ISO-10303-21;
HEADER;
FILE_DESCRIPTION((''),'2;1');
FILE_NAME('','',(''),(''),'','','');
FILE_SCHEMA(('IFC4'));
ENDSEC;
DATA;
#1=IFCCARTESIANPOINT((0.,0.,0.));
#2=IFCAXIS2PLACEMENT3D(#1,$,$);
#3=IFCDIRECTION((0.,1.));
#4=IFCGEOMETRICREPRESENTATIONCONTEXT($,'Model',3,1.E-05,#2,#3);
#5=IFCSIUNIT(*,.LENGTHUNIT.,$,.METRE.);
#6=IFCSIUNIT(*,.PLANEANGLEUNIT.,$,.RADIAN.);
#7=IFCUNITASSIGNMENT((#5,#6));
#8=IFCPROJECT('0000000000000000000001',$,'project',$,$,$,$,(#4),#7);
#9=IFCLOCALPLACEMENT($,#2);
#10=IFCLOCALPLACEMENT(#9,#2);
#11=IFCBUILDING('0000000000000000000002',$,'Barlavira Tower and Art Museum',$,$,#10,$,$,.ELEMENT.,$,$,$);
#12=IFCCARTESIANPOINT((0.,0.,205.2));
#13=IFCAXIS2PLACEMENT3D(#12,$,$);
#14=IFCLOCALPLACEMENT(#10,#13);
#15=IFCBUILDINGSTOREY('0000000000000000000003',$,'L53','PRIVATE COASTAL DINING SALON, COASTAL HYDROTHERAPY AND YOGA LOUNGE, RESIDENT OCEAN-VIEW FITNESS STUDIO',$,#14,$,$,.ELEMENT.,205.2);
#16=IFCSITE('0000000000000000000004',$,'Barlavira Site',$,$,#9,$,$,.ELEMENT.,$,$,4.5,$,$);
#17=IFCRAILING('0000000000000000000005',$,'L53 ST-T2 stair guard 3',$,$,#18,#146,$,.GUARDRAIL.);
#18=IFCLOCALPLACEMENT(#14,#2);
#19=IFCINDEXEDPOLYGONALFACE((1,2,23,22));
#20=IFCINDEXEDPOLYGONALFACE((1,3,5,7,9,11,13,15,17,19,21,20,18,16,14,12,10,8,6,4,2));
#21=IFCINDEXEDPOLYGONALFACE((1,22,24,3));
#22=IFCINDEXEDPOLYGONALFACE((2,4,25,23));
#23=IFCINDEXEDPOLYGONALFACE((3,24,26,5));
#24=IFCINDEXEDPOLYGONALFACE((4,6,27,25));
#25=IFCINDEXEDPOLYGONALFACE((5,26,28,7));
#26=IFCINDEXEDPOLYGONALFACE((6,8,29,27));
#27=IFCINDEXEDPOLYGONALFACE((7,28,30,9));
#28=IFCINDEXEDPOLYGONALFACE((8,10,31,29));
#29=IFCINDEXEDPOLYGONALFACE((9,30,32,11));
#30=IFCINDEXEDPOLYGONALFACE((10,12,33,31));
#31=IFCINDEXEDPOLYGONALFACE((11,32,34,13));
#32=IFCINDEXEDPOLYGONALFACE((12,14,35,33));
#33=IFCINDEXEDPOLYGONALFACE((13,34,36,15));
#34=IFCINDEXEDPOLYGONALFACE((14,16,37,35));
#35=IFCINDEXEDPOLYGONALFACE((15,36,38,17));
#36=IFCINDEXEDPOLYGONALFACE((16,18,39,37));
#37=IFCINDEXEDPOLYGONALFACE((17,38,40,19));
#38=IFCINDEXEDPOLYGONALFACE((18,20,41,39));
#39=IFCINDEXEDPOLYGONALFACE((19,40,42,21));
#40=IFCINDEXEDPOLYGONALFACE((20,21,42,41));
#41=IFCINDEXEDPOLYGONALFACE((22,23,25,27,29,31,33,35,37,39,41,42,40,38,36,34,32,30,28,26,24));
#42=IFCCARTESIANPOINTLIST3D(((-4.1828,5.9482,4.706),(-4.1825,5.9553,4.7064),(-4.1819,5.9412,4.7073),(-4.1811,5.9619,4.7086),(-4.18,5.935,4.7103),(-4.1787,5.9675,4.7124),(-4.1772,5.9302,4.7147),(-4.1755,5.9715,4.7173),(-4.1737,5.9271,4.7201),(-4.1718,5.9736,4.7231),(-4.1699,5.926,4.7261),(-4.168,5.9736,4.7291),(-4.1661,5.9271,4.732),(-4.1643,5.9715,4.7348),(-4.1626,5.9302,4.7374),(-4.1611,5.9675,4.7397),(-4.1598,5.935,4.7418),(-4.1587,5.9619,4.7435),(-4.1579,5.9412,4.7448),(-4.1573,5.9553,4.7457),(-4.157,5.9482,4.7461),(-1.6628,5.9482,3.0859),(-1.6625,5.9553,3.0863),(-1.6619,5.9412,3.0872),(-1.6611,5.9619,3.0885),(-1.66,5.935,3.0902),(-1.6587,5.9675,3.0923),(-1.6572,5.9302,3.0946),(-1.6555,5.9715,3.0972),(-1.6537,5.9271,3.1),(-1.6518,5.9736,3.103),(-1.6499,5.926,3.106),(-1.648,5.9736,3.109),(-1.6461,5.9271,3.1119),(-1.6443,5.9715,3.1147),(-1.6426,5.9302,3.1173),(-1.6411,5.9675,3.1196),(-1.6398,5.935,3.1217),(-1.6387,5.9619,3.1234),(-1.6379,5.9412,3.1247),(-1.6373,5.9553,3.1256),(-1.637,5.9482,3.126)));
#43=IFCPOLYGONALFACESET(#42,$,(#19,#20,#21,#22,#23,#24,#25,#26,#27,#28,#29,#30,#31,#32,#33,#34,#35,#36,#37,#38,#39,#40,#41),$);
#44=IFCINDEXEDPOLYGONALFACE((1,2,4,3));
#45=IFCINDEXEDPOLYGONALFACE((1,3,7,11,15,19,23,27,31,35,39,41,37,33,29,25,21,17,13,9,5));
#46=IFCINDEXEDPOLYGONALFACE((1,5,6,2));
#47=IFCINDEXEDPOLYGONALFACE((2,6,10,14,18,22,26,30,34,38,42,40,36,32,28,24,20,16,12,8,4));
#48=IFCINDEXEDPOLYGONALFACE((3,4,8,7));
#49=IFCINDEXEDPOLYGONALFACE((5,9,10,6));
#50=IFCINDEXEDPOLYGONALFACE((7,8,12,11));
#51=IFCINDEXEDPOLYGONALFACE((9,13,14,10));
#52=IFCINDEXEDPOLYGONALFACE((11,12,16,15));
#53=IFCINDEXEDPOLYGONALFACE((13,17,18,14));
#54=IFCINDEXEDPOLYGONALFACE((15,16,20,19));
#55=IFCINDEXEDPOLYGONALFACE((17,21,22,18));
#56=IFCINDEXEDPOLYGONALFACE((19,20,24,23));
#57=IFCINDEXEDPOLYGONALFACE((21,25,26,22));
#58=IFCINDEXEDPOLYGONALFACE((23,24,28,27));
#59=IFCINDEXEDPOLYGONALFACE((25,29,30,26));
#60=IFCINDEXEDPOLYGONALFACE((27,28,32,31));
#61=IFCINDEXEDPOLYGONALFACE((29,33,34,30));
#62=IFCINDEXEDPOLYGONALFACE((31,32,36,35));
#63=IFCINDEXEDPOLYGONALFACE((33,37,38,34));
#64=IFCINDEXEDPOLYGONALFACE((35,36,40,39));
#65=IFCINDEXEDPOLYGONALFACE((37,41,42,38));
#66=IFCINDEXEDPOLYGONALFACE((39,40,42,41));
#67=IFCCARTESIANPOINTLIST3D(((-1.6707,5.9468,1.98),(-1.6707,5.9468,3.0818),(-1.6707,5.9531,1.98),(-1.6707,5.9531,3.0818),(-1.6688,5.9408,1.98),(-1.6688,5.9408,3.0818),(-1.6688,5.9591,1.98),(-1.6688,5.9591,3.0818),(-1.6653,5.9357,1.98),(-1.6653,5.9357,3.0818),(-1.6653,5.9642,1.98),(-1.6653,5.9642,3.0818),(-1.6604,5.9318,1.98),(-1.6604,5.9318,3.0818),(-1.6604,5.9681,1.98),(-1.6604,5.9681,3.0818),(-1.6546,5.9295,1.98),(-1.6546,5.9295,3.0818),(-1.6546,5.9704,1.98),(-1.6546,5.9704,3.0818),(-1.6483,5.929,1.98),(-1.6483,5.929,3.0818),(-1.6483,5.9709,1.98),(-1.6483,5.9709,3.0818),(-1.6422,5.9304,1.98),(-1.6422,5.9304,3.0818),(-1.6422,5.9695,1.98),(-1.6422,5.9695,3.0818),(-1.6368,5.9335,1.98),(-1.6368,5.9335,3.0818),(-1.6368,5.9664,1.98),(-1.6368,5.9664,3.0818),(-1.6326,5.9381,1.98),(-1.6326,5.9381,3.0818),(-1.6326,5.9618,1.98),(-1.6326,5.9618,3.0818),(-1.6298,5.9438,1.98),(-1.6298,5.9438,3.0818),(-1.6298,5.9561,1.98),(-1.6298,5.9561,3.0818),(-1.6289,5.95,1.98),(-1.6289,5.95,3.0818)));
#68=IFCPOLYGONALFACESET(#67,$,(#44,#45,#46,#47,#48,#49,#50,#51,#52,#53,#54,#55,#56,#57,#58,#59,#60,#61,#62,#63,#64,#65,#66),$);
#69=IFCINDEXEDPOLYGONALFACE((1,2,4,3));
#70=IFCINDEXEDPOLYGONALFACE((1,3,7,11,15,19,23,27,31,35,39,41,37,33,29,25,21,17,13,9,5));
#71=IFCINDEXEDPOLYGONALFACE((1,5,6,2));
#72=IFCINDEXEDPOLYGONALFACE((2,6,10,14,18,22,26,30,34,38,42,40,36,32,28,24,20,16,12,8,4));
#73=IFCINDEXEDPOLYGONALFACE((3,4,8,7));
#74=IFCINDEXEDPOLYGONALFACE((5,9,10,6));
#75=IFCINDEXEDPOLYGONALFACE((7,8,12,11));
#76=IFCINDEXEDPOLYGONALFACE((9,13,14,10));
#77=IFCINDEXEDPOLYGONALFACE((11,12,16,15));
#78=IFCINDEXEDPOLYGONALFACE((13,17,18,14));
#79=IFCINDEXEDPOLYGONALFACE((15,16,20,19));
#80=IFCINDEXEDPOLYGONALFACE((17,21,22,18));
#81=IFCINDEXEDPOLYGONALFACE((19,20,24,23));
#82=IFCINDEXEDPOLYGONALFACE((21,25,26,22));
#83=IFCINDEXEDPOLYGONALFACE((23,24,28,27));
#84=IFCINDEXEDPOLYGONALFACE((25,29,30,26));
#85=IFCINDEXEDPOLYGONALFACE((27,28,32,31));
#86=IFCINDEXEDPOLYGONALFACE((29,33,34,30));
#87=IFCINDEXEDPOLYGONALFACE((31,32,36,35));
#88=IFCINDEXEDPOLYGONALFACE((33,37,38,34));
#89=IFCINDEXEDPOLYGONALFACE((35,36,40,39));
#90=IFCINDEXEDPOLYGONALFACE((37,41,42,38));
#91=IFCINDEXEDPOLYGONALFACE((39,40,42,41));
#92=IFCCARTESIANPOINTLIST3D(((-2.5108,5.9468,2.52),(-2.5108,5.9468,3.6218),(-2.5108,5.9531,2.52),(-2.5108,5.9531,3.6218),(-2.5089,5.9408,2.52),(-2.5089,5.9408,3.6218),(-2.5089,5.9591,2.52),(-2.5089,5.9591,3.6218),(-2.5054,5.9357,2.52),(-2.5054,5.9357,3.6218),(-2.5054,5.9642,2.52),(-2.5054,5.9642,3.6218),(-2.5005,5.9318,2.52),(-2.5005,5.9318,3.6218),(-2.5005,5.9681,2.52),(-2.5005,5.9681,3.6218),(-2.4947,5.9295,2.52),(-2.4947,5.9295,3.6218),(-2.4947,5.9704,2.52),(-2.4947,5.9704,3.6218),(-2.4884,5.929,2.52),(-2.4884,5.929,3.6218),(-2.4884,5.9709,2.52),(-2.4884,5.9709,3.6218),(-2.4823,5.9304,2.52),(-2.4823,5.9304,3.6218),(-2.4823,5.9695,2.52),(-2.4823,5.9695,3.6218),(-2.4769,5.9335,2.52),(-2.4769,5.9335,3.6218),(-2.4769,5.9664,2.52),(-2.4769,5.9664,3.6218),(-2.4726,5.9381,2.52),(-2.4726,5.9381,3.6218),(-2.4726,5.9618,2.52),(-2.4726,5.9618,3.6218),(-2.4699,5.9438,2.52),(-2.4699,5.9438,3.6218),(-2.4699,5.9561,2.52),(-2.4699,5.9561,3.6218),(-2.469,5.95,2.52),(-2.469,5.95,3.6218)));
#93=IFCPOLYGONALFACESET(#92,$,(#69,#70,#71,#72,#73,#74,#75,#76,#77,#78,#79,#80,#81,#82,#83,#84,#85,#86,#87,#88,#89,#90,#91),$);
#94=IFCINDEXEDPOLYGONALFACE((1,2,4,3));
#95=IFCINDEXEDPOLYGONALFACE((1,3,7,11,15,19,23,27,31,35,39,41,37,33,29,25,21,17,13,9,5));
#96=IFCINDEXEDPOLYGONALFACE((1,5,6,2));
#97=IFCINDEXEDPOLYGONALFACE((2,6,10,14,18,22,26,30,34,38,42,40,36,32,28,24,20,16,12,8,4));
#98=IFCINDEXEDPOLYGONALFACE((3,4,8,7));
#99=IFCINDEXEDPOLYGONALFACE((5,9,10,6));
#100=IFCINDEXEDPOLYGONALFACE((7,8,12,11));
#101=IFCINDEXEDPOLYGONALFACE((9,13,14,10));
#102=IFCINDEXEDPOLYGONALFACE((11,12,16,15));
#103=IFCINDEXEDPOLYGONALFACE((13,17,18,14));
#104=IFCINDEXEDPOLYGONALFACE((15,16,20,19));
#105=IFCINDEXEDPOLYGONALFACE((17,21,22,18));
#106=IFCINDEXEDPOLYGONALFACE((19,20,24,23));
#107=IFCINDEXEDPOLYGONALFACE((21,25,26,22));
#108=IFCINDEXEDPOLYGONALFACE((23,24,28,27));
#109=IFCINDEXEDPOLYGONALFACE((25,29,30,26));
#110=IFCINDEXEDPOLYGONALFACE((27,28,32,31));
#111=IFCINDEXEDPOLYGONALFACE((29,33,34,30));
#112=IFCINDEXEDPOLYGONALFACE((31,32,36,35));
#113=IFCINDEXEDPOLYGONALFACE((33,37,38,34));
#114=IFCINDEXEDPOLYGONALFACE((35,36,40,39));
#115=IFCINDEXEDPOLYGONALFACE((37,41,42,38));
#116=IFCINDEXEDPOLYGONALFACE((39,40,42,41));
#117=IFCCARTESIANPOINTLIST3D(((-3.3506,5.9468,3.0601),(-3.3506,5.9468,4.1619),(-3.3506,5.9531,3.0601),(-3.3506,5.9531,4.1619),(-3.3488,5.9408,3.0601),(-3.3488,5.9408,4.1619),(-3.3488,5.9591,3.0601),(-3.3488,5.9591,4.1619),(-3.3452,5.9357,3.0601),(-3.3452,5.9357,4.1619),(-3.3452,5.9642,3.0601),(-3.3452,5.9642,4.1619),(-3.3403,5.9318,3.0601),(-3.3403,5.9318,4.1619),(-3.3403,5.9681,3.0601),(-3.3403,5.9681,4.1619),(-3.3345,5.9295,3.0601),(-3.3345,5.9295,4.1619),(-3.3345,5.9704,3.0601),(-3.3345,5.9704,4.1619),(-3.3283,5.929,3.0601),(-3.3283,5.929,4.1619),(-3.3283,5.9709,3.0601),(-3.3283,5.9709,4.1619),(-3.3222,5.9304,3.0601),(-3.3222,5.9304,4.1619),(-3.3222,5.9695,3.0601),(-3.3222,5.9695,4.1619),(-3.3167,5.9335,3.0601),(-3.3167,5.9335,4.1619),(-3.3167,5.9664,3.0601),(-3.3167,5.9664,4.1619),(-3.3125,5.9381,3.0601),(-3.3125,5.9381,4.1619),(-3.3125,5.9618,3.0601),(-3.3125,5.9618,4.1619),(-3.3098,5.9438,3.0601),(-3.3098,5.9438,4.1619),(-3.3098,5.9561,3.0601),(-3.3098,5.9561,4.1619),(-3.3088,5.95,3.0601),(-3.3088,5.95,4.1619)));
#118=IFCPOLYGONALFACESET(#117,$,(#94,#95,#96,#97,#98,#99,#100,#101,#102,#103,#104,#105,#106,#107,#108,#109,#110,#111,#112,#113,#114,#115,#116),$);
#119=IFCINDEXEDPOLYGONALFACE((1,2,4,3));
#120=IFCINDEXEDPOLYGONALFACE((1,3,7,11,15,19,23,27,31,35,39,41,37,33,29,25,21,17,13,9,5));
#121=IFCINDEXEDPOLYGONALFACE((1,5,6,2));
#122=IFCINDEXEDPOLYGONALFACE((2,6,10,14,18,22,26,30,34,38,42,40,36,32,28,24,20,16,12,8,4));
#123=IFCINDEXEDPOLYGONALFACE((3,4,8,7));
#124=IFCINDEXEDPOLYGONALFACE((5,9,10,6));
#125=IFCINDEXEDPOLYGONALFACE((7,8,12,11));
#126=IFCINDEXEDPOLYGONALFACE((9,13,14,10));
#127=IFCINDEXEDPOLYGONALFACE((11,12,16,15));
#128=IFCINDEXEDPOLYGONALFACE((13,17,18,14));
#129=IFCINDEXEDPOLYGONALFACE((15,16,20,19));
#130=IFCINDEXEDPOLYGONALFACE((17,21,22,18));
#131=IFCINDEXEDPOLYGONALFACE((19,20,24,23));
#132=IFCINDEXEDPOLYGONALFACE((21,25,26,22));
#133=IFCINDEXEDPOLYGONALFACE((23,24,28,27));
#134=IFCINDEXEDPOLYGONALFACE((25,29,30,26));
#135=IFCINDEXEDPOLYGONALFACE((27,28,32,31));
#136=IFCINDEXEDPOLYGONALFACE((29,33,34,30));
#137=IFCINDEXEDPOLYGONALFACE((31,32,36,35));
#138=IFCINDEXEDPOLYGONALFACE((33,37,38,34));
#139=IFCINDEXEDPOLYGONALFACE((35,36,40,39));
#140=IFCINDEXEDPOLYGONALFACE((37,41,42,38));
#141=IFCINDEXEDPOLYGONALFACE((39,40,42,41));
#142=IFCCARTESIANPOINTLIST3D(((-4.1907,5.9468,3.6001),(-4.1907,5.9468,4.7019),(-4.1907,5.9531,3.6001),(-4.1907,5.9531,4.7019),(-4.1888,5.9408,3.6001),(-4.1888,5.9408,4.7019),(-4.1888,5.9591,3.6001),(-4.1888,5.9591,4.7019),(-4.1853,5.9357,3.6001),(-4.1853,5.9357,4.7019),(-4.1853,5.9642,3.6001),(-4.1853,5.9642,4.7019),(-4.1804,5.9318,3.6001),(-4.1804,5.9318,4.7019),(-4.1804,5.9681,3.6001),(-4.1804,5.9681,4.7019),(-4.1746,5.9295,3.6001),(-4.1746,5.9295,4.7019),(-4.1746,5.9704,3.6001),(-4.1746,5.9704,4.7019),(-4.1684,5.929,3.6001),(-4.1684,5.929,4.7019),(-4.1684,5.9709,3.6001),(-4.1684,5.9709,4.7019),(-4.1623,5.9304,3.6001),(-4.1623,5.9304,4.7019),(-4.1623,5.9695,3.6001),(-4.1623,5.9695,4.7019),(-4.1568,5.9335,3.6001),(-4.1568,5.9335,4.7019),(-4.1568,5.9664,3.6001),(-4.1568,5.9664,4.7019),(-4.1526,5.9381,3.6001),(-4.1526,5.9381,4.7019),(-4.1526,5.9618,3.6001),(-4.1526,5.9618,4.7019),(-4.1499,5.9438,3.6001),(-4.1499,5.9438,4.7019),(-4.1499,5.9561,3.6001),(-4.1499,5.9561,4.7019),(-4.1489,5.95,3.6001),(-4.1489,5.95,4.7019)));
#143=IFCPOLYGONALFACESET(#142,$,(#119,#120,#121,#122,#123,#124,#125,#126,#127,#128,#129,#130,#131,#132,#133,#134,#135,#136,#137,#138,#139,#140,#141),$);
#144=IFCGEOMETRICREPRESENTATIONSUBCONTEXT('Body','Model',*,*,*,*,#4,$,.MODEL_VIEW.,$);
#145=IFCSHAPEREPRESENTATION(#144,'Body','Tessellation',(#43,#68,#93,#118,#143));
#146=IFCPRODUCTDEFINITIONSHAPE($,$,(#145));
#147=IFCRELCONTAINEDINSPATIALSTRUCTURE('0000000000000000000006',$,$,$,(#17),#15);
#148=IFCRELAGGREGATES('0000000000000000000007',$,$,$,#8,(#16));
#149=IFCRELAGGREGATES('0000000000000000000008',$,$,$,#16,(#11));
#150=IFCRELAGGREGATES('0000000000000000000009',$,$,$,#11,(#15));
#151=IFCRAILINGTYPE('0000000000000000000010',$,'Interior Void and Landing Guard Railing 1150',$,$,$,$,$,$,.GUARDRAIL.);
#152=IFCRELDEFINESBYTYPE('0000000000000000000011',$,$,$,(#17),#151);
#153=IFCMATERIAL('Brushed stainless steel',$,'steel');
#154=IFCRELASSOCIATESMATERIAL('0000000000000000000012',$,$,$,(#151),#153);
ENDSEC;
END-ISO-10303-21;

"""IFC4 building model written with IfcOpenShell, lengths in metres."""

from ifc_helpers import new_model, si_unit, direction, frame, origin, origin_2d, place, context, subcontext, project, spatial, circle, extrude, material, type_object, element, save


model = new_model("IFC4")

# Units and contexts
model_context = context("Model", 3, precision=1e-05, world=origin(), true_north=direction((0.0, 1.0)))
body_context = subcontext(model_context, "Body", "Model", "MODEL_VIEW")
ifc_project = project(units=[si_unit("LENGTHUNIT", "METRE"), si_unit("PLANEANGLEUNIT", "RADIAN")], contexts=[model_context])

# Site, building, storey
site_placement = place(None, origin())
site = spatial("IfcSite", under=ifc_project, at=site_placement, Name="Barlavira Site", CompositionType="ELEMENT", RefElevation=4.5)
building_placement = place(site_placement, origin())
building = spatial("IfcBuilding", under=site, at=building_placement, Name="Barlavira Tower and Art Museum", CompositionType="ELEMENT")
storey_placement = place(building_placement, frame((0.0, 0.0, 205.2)))
storey = spatial("IfcBuildingStorey", under=building, at=storey_placement, Name="L53", Description="PRIVATE COASTAL DINING SALON, COASTAL HYDROTHERAPY AND YOGA LOUNGE, RESIDENT OCEAN-VIEW FITNESS STUDIO", CompositionType="ELEMENT", Elevation=205.2)

# Shared definitions
ifc_material_1 = material(Name="Brushed stainless steel", Category="steel")

# Railing
railing_type_1 = type_object("IfcRailingType", Name="Interior Void and Landing Guard Railing 1150", PredefinedType="GUARDRAIL", material=ifc_material_1)
railing_1_placement = place(storey_placement, frame((-1.6499, 5.95, 1.98)))
element("IfcRailing", 1, at=railing_1_placement, inside=storey, type_object=railing_type_1, Name="L53 ST-T2 stair guard 3", PredefinedType="GUARDRAIL", context=body_context, shape_type="SweptSolid", body=[
    extrude(circle(Radius=0.0239, at=origin_2d()), frame((0.0, 0.0, 1.126), z_axis=(-0.841163, 0.0, 0.540782), x_axis=(0.0, -1.0, 0.0)), (0.0, 0.0, 1.0), 2.9958),
    extrude(circle(Radius=0.021, at=origin_2d()), origin(), (0.0, 0.0, 1.0), 1.1018),
    extrude(circle(Radius=0.021, at=origin_2d()), frame((-0.8401, 0.0, 0.54)), (0.0, 0.0, 1.0), 1.1018),
    extrude(circle(Radius=0.021, at=origin_2d()), frame((-1.6799, 0.0, 1.0801)), (0.0, 0.0, 1.0), 1.1018),
    extrude(circle(Radius=0.021, at=origin_2d()), frame((-2.52, 0.0, 1.6201)), (0.0, 0.0, 1.0), 1.1018),
])

save(model, "model.ifc")
